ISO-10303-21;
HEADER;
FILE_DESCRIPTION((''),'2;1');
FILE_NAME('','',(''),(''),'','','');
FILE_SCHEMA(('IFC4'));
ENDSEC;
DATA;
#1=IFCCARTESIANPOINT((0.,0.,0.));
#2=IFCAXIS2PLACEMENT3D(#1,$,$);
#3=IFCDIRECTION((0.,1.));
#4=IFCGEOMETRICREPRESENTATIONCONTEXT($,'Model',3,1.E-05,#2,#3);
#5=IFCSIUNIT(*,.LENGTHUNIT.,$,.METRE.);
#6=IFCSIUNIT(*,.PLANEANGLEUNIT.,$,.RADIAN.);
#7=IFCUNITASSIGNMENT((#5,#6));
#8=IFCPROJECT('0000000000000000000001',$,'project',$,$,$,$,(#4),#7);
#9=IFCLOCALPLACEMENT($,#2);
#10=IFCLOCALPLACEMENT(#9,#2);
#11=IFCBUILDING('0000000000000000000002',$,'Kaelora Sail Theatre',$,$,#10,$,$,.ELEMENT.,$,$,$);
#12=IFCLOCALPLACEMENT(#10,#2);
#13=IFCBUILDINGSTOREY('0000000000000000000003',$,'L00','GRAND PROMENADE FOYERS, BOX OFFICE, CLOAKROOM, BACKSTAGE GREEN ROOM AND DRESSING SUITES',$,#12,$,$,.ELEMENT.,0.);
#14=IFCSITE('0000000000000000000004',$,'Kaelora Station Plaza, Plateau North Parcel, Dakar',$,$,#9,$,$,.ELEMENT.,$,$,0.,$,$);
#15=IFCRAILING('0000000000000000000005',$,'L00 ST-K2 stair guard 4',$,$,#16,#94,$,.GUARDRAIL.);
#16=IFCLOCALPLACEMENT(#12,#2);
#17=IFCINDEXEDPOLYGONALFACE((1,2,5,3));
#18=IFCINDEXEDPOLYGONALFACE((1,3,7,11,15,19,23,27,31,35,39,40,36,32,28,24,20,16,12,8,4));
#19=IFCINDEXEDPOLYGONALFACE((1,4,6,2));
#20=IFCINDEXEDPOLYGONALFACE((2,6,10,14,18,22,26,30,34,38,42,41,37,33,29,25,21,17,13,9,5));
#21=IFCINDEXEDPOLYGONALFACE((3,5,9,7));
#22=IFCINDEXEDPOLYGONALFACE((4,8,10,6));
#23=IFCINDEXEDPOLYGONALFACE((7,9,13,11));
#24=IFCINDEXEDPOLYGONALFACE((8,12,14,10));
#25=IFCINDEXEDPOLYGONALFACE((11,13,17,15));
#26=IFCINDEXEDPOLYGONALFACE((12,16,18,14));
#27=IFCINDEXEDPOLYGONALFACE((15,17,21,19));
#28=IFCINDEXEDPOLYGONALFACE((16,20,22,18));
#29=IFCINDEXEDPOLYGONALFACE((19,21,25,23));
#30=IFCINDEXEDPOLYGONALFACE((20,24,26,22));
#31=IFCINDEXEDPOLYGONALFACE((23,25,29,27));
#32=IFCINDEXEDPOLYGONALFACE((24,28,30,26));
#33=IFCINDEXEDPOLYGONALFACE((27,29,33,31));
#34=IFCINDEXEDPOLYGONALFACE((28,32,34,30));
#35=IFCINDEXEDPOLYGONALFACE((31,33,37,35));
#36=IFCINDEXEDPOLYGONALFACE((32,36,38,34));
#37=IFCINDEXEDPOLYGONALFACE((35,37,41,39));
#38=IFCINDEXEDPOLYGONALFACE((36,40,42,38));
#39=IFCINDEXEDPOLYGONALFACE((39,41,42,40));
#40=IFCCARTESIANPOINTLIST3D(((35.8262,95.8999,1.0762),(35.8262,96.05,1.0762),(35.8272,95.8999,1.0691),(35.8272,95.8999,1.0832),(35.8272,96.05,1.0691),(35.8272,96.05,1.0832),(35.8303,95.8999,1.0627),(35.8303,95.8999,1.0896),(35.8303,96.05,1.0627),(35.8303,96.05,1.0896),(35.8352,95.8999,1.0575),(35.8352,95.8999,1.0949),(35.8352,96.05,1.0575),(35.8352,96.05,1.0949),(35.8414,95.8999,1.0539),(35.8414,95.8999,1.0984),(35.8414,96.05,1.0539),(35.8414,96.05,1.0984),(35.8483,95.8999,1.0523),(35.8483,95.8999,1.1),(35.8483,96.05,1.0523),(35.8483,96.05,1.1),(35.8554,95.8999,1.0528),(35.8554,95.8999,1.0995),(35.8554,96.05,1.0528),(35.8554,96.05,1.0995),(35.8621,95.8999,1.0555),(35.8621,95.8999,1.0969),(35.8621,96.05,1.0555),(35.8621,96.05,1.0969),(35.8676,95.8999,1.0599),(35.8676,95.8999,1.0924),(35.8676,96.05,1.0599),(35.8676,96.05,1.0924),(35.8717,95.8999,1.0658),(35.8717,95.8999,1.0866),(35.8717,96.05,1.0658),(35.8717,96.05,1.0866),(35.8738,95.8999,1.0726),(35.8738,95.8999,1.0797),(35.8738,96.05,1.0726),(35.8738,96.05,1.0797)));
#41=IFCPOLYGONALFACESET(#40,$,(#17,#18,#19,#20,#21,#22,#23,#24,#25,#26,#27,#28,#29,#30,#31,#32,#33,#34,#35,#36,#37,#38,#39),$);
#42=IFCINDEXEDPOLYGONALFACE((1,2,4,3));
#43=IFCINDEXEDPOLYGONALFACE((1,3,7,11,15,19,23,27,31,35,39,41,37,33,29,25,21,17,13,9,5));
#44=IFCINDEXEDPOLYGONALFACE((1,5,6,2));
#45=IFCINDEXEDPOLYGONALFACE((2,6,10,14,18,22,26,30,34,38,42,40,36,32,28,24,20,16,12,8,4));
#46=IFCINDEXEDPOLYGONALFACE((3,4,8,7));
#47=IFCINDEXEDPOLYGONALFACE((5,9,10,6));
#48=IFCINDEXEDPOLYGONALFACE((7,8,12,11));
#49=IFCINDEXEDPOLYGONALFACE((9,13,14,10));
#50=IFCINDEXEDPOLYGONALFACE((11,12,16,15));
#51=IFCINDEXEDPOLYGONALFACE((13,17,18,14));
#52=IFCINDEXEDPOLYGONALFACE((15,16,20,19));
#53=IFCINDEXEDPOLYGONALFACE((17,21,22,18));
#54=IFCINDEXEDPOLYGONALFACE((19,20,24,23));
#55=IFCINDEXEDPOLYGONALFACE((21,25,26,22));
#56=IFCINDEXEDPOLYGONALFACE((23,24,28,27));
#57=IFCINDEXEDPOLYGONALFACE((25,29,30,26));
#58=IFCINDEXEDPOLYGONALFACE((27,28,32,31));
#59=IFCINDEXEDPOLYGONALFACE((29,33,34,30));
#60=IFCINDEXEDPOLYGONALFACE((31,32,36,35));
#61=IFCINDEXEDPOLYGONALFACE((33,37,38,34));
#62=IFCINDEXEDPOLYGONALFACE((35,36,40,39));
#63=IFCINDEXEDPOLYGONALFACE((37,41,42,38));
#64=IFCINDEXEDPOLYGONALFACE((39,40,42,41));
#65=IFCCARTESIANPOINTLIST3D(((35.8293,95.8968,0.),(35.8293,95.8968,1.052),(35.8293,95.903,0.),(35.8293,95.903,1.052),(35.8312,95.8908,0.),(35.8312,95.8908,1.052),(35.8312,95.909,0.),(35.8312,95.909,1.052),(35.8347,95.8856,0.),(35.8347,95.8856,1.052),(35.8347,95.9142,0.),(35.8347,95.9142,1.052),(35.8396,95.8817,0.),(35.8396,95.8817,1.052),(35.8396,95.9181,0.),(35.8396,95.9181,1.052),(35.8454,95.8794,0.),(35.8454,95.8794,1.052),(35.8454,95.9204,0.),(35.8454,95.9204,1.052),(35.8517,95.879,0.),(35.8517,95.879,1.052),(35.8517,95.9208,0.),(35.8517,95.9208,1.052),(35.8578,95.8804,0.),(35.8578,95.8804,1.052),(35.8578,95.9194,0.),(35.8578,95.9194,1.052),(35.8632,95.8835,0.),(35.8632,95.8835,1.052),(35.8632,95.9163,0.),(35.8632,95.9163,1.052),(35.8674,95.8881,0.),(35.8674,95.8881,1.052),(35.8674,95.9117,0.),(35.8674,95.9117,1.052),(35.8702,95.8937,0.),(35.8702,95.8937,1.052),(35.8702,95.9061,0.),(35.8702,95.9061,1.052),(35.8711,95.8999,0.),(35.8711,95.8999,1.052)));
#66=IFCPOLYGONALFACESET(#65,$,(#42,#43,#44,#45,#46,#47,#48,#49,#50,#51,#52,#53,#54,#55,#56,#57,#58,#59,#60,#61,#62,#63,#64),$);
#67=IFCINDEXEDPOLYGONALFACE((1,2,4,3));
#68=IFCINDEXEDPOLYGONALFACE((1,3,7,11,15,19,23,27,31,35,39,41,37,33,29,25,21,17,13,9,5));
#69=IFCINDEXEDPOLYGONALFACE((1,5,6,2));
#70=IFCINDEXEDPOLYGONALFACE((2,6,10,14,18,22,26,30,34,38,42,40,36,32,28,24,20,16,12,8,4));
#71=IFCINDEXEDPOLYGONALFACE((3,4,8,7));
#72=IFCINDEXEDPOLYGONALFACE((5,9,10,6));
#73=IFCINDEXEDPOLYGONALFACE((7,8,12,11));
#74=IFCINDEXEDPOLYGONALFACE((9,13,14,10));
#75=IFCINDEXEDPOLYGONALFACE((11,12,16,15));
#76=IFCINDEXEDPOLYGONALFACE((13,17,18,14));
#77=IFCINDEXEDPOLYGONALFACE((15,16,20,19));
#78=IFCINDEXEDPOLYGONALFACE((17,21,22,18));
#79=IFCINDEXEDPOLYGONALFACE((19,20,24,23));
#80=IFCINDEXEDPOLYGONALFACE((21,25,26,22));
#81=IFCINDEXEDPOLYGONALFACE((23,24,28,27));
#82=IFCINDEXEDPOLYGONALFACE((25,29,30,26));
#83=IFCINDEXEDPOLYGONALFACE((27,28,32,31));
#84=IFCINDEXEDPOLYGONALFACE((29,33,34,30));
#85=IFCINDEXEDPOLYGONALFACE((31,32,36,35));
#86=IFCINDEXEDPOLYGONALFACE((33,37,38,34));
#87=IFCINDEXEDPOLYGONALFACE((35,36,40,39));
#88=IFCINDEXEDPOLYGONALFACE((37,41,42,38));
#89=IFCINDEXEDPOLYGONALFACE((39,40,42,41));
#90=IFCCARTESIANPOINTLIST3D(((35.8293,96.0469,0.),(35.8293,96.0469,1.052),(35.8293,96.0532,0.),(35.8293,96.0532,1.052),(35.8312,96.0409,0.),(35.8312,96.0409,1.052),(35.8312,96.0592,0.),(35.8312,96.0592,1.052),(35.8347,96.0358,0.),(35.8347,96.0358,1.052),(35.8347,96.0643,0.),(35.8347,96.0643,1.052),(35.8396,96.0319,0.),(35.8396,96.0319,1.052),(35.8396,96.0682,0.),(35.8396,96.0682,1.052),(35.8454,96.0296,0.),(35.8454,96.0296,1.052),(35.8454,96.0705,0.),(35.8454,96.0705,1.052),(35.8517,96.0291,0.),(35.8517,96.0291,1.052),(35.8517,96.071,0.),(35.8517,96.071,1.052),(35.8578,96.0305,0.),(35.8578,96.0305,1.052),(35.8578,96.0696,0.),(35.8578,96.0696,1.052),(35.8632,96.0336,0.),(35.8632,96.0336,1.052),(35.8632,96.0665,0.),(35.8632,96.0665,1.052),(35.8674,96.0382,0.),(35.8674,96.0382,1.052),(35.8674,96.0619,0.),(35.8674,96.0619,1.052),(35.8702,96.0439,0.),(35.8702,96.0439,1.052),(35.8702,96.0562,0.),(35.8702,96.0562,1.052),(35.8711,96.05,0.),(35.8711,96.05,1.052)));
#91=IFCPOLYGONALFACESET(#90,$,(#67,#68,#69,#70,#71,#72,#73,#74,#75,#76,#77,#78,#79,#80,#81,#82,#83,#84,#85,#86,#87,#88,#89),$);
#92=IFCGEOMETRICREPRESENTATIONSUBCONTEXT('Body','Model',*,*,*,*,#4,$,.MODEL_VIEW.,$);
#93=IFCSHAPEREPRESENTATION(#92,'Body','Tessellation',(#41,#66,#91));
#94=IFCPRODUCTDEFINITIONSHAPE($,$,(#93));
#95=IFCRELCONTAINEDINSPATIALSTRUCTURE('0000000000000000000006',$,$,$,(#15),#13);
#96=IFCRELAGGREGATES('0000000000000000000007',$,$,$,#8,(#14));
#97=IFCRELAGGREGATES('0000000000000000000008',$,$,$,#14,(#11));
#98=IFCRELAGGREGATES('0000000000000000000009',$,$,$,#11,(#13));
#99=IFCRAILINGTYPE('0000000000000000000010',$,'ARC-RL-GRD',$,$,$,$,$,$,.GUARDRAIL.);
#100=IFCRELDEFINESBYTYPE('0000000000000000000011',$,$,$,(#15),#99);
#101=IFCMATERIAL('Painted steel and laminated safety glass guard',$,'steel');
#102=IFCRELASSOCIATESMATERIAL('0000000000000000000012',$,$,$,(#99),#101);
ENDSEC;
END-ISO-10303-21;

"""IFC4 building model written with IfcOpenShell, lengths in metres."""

from ifc_helpers import new_model, si_unit, direction, frame, origin, origin_2d, place, context, subcontext, project, spatial, circle, extrude, material, type_object, element, save


model = new_model("IFC4")

# Units and contexts
model_context = context("Model", 3, precision=1e-05, world=origin(), true_north=direction((0.0, 1.0)))
body_context = subcontext(model_context, "Body", "Model", "MODEL_VIEW")
ifc_project = project(units=[si_unit("LENGTHUNIT", "METRE"), si_unit("PLANEANGLEUNIT", "RADIAN")], contexts=[model_context])

# Site, building, storey
site_placement = place(None, origin())
site = spatial("IfcSite", under=ifc_project, at=site_placement, Name="Kaelora Station Plaza, Plateau North Parcel, Dakar", CompositionType="ELEMENT", RefElevation=0.0)
building_placement = place(site_placement, origin())
building = spatial("IfcBuilding", under=site, at=building_placement, Name="Kaelora Sail Theatre", CompositionType="ELEMENT")
storey_placement = place(building_placement, origin())
storey = spatial("IfcBuildingStorey", under=building, at=storey_placement, Name="L00", Description="GRAND PROMENADE FOYERS, BOX OFFICE, CLOAKROOM, BACKSTAGE GREEN ROOM AND DRESSING SUITES", CompositionType="ELEMENT", Elevation=0.0)

# Railing
ifc_material_1 = material(Name="Painted steel and laminated safety glass guard", Category="steel")
railing_type_1 = type_object("IfcRailingType", Name="ARC-RL-GRD", PredefinedType="GUARDRAIL", material=ifc_material_1)
railing_1_placement = place(storey_placement, frame((35.8501, 95.8999, 0.0)))
element("IfcRailing", 1, at=railing_1_placement, inside=storey, type_object=railing_type_1, Name="L00 ST-K2 stair guard 4", PredefinedType="GUARDRAIL", context=body_context, shape_type="SweptSolid", body=[
    extrude(circle(Radius=0.0239, at=origin_2d()), frame((0.0, 0.0, 1.0762), z_axis=(0.0, 1.0, 0.0), x_axis=(-1.0, 0.0, 0.0)), (0.0, 0.0, 1.0), 0.1501),
    extrude(circle(Radius=0.021, at=origin_2d()), origin(), (0.0, 0.0, 1.0), 1.052),
    extrude(circle(Radius=0.021, at=origin_2d()), frame((0.0, 0.1501, 0.0)), (0.0, 0.0, 1.0), 1.052),
])

save(model, "model.ifc")
